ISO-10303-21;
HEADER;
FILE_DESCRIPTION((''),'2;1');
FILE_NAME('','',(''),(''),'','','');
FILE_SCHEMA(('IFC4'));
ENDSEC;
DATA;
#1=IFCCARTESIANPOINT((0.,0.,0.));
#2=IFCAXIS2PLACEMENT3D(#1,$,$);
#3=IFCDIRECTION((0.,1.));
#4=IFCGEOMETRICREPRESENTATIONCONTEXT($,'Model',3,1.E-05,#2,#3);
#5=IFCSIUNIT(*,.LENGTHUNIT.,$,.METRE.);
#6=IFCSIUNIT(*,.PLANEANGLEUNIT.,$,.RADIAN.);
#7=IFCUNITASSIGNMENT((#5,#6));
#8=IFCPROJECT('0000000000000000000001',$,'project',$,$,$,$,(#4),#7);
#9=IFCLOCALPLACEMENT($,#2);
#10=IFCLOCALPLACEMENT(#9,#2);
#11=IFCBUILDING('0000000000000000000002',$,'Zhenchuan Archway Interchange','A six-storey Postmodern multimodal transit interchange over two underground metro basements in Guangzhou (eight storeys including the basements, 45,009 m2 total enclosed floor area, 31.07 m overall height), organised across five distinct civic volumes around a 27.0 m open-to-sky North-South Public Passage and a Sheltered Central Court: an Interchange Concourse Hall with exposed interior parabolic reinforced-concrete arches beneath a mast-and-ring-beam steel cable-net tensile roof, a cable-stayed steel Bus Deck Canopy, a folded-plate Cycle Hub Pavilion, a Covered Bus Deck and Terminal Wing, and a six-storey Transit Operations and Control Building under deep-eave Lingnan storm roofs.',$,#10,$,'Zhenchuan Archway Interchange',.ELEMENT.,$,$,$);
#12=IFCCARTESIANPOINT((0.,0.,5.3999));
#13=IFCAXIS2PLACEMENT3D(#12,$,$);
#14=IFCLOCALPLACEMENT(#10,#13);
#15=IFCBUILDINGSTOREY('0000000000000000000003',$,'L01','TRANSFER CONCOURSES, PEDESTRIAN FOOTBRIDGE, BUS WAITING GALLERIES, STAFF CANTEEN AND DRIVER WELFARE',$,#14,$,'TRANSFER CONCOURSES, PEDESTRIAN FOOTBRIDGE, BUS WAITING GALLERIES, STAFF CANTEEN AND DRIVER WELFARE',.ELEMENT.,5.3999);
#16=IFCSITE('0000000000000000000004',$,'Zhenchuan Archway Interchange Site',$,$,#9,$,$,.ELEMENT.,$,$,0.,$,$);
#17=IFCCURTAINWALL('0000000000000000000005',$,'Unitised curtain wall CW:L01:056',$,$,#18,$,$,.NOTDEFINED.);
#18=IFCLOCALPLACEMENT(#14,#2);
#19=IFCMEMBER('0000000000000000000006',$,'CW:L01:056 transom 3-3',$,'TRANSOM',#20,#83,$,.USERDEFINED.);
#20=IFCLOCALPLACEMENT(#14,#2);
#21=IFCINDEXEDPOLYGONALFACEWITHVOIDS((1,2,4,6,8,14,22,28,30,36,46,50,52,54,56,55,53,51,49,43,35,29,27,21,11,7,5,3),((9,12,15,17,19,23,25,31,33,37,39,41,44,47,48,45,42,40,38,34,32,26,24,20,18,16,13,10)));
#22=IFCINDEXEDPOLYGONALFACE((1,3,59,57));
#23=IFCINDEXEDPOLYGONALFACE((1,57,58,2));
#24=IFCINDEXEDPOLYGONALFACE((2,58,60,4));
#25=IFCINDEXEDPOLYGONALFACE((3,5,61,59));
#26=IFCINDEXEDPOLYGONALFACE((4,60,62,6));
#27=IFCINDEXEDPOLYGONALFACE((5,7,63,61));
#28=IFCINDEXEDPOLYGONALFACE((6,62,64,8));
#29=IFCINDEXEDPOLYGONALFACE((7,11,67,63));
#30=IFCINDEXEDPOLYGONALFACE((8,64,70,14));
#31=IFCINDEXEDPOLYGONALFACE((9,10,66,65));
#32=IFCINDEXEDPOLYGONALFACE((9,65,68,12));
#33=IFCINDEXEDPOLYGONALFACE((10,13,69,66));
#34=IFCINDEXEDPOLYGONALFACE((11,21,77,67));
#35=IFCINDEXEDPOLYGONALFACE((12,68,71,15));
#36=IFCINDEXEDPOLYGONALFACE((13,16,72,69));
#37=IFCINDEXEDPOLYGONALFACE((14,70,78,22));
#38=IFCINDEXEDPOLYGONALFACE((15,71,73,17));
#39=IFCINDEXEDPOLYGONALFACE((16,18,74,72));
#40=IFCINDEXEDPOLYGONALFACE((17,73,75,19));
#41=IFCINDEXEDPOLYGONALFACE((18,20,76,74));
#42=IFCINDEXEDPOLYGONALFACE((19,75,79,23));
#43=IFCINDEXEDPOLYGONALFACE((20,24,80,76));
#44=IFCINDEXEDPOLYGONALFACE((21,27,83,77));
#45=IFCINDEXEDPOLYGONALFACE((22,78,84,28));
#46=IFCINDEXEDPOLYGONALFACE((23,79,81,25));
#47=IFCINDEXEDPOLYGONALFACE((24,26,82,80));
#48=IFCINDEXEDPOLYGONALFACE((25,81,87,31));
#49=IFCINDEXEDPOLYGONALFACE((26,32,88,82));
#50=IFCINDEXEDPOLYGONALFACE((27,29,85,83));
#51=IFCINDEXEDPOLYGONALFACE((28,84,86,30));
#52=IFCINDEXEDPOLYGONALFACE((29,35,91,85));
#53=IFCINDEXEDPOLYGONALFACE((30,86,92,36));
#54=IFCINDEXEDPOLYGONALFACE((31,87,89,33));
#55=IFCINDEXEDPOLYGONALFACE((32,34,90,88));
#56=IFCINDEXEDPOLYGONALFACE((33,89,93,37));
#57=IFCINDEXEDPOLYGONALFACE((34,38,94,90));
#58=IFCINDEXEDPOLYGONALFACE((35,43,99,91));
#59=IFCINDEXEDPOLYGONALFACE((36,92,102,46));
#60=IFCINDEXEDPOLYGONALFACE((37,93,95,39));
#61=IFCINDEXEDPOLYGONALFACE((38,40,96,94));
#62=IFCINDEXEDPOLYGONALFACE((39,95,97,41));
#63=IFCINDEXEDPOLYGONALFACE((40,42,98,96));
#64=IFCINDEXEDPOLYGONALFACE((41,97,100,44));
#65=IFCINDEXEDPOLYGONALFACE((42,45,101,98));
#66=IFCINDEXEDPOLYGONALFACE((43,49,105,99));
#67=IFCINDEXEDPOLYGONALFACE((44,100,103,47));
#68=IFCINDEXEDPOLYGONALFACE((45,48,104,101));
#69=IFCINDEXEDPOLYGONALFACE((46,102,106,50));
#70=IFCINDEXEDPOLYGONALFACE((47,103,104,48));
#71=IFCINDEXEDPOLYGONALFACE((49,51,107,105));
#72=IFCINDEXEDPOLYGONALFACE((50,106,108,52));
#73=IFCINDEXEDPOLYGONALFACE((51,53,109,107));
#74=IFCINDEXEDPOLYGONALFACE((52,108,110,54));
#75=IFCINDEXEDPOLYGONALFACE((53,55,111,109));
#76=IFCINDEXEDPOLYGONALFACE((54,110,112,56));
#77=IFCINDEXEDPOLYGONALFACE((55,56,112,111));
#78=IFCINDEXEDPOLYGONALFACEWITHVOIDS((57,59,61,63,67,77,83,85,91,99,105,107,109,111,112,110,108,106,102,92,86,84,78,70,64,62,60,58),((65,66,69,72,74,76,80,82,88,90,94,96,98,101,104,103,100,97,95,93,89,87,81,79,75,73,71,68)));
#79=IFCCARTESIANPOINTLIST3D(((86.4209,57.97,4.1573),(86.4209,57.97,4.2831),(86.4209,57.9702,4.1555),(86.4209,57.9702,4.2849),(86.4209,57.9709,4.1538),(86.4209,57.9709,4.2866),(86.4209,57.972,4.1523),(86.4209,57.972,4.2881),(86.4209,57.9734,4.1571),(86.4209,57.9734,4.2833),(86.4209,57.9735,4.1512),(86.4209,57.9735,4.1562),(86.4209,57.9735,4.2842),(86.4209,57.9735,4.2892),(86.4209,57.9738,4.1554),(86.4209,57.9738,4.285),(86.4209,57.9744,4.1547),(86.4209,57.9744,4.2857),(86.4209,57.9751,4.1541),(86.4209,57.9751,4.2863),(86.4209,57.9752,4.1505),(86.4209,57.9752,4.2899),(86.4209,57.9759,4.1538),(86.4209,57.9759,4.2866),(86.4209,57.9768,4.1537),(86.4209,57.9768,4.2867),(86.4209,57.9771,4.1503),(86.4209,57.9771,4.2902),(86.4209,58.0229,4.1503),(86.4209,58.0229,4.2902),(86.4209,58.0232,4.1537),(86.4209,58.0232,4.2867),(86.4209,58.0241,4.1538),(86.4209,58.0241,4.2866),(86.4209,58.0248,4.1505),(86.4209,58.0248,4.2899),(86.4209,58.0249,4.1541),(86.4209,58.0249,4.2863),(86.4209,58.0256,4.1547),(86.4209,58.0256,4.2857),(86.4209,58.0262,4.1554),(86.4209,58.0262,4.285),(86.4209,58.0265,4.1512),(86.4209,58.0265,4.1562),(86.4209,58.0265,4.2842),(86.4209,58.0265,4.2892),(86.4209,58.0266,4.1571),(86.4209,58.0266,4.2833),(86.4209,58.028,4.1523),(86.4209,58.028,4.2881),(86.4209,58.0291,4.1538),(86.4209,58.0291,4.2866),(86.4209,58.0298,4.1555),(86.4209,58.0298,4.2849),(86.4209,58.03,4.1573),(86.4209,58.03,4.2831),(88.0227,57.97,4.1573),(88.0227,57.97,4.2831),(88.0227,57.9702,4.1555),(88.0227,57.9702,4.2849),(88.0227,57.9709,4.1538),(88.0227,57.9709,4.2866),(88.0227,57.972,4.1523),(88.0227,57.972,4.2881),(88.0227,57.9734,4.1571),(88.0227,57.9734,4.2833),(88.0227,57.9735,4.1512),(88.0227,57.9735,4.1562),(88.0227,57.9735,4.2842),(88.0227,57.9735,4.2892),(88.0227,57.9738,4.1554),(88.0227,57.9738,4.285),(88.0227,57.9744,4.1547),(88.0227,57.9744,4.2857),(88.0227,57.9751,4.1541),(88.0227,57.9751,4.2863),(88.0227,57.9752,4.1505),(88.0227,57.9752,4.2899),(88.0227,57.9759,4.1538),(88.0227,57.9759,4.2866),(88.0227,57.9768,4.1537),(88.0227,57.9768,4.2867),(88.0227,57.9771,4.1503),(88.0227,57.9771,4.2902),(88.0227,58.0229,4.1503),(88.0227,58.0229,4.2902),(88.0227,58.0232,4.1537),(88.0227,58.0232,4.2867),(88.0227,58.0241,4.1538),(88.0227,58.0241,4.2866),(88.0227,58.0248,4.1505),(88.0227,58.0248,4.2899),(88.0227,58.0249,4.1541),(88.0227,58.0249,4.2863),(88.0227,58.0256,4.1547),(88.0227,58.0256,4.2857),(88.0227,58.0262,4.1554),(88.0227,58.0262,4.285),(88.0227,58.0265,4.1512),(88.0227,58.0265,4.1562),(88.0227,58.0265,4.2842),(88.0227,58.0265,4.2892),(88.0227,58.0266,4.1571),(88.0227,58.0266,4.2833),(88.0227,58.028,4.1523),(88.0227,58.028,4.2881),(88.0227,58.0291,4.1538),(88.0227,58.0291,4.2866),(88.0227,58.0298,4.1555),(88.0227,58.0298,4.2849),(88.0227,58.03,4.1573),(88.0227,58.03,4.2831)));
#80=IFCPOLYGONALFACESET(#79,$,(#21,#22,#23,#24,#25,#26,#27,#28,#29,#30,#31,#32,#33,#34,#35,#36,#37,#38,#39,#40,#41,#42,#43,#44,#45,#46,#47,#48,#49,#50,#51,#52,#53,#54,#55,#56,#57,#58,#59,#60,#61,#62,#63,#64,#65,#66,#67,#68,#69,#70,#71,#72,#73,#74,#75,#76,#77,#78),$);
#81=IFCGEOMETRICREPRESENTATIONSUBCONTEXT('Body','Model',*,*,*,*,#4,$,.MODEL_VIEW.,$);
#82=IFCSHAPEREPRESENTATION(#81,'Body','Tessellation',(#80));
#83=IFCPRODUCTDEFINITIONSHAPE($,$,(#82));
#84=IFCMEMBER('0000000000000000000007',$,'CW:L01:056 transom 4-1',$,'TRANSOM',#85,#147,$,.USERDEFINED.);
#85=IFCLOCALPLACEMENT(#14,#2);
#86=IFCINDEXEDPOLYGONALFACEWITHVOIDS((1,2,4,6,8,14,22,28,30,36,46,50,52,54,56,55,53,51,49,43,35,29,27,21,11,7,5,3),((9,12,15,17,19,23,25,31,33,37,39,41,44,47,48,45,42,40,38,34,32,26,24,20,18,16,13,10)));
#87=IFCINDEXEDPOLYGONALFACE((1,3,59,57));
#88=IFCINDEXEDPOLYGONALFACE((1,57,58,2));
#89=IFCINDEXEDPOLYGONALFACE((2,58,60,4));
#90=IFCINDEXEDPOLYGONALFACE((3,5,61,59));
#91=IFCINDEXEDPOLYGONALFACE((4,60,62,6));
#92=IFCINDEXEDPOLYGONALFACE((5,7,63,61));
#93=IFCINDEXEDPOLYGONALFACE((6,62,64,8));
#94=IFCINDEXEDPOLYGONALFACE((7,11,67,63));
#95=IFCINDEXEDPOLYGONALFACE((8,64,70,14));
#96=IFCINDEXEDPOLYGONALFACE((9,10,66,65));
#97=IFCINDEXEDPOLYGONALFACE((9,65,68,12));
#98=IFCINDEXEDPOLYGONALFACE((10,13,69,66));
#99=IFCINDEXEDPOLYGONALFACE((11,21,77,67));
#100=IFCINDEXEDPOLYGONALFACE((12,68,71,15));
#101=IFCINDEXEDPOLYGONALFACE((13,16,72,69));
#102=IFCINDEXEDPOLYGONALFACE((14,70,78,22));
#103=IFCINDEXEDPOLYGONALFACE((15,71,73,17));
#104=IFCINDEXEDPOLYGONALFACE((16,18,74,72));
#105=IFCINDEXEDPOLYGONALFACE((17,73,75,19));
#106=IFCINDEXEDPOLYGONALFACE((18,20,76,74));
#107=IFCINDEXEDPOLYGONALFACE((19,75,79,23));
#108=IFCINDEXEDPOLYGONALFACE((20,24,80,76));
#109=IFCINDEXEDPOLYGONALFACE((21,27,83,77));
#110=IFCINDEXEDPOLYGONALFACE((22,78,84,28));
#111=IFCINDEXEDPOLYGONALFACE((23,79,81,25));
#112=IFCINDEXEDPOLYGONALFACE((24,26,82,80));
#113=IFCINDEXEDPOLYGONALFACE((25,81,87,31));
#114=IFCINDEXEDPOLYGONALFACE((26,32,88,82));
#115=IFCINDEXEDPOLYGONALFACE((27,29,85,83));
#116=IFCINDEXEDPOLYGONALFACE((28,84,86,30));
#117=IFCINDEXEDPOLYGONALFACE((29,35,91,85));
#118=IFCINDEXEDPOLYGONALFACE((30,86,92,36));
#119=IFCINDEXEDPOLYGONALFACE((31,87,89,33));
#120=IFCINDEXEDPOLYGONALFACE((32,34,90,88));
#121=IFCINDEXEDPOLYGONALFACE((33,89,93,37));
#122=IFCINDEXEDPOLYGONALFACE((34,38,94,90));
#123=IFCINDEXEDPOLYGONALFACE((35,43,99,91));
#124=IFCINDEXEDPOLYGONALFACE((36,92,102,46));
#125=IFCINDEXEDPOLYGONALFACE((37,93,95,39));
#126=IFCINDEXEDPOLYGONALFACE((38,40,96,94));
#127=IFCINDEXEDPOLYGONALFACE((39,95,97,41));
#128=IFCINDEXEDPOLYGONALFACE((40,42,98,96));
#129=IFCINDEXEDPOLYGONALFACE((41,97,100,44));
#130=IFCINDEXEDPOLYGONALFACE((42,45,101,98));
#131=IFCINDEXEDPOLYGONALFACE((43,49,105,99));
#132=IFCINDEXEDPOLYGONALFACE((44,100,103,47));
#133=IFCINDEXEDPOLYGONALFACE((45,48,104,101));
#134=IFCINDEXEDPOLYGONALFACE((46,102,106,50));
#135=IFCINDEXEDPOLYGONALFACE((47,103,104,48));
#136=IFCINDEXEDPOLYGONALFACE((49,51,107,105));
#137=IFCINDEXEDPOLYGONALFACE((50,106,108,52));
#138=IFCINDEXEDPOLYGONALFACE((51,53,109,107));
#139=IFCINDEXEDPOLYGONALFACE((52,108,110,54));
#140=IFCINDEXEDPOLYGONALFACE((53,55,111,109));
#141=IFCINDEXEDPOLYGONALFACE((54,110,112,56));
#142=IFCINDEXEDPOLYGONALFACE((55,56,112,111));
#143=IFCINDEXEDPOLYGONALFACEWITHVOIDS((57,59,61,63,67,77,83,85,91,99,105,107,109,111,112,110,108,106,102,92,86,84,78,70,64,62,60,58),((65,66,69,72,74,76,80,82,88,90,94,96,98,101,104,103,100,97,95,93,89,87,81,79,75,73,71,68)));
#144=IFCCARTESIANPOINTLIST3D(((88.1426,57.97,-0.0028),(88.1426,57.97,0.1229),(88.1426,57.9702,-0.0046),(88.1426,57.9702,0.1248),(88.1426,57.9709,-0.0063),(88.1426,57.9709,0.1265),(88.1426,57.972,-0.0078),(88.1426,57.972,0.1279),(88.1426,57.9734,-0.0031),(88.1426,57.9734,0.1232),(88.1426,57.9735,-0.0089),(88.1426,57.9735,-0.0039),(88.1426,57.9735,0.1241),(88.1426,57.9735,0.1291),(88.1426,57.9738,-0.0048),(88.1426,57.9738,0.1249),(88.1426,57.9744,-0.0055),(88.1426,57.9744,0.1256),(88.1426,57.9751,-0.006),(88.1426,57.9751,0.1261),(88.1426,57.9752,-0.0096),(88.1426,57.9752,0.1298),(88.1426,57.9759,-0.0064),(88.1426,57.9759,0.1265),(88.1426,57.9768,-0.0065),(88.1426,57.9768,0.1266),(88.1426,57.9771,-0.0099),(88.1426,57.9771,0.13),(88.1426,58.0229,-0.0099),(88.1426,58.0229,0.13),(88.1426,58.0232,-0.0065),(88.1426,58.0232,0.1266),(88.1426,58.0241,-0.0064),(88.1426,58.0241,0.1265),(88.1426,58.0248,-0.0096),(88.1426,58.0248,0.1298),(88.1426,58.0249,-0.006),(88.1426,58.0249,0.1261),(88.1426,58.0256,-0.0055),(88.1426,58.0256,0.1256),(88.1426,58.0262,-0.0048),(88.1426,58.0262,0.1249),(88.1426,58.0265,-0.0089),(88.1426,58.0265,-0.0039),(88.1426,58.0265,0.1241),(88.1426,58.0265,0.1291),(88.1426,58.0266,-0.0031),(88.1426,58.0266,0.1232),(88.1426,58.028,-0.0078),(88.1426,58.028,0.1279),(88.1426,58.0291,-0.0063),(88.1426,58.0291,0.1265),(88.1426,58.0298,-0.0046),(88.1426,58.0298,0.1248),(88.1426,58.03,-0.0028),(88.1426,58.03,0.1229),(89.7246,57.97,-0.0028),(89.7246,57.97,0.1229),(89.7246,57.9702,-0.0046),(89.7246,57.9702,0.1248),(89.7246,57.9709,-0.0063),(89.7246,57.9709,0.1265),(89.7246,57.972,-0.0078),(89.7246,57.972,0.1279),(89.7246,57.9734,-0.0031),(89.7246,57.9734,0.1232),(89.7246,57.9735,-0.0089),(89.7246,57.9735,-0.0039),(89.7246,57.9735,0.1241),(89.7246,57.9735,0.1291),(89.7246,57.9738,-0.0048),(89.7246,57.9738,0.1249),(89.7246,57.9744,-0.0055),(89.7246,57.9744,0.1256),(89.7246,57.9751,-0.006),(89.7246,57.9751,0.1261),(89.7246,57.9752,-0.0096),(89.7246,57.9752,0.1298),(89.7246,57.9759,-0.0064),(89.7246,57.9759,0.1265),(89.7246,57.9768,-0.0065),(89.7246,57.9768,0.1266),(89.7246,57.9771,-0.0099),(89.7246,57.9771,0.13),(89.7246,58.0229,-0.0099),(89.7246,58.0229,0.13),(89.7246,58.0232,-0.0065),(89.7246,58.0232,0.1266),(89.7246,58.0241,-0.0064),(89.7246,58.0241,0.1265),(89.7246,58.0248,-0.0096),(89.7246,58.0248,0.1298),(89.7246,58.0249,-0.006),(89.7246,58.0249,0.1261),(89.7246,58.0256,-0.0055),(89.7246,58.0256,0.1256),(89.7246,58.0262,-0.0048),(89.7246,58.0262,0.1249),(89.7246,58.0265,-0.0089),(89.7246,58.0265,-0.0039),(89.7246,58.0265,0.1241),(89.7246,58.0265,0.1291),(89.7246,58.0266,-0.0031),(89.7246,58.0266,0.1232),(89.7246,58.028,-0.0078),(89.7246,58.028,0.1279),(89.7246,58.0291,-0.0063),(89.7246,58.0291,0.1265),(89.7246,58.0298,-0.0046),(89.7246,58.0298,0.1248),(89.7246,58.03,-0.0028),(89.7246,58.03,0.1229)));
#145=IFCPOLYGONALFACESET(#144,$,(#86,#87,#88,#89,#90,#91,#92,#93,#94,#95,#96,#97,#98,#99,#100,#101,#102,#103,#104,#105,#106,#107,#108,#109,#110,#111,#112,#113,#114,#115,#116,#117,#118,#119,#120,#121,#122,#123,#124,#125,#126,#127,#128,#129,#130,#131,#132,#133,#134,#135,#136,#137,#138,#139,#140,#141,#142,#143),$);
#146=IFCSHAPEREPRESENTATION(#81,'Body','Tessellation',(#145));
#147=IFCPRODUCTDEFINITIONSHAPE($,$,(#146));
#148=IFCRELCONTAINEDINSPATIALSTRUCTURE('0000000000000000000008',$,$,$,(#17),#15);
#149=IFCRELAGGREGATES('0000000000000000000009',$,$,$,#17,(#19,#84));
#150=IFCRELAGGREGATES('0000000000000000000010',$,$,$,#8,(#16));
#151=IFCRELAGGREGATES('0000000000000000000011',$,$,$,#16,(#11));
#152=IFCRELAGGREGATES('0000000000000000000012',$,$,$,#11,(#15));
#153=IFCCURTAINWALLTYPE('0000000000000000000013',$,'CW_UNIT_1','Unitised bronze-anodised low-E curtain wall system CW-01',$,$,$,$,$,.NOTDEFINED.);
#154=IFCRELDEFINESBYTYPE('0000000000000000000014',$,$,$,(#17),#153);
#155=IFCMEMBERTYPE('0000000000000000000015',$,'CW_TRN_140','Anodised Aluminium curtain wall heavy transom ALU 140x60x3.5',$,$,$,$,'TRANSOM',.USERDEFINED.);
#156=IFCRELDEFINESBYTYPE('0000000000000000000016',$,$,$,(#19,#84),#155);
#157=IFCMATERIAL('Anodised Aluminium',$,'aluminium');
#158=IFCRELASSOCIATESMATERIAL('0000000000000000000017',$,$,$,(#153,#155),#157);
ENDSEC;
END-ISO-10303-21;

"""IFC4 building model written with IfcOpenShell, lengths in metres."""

from ifc_helpers import new_model, si_unit, direction, frame, origin, origin_2d, place, context, subcontext, project, spatial, hollow_rectangle, extrude, material, material_profile, profile_set, type_object, element, aggregate, save


model = new_model("IFC4")

# Units and contexts
model_context = context("Model", 3, precision=1e-05, world=origin(), true_north=direction((0.0, 1.0)))
body_context = subcontext(model_context, "Body", "Model", "MODEL_VIEW")
ifc_project = project(units=[si_unit("LENGTHUNIT", "METRE"), si_unit("PLANEANGLEUNIT", "RADIAN")], contexts=[model_context])

# Site, building, storey
site_placement = place(None, origin())
site = spatial("IfcSite", under=ifc_project, at=site_placement, Name="Zhenchuan Archway Interchange Site", CompositionType="ELEMENT", RefElevation=0.0)
building_placement = place(site_placement, origin())
building = spatial("IfcBuilding", under=site, at=building_placement, Name="Zhenchuan Archway Interchange", Description="A six-storey Postmodern multimodal transit interchange over two underground metro basements in Guangzhou (eight storeys including the basements, 45,009 m2 total enclosed floor area, 31.07 m overall height), organised across five distinct civic volumes around a 27.0 m open-to-sky North-South Public Passage and a Sheltered Central Court: an Interchange Concourse Hall with exposed interior parabolic reinforced-concrete arches beneath a mast-and-ring-beam steel cable-net tensile roof, a cable-stayed steel Bus Deck Canopy, a folded-plate Cycle Hub Pavilion, a Covered Bus Deck and Terminal Wing, and a six-storey Transit Operations and Control Building under deep-eave Lingnan storm roofs.", LongName="Zhenchuan Archway Interchange", CompositionType="ELEMENT")
storey_placement = place(building_placement, frame((0.0, 0.0, 5.3999)))
storey = spatial("IfcBuildingStorey", under=building, at=storey_placement, Name="L01", Description="TRANSFER CONCOURSES, PEDESTRIAN FOOTBRIDGE, BUS WAITING GALLERIES, STAFF CANTEEN AND DRIVER WELFARE", LongName="TRANSFER CONCOURSES, PEDESTRIAN FOOTBRIDGE, BUS WAITING GALLERIES, STAFF CANTEEN AND DRIVER WELFARE", CompositionType="ELEMENT", Elevation=5.3999)

# Curtain wall
ifc_material_1 = material(Name="Anodised Aluminium", Category="aluminium")
curtain_wall_type_1 = type_object("IfcCurtainWallType", Name="CW_UNIT_1", Description="Unitised bronze-anodised low-E curtain wall system CW-01", PredefinedType="NOTDEFINED", material=ifc_material_1)
curtain_wall_1_placement = place(storey_placement, origin())
curtain_wall_1 = element("IfcCurtainWall", 1, at=curtain_wall_1_placement, inside=storey, type_object=curtain_wall_type_1, Name="Unitised curtain wall CW:L01:056", PredefinedType="NOTDEFINED")

# Members
ifc_material_profile_1 = material_profile(ifc_material_1, hollow_rectangle(XDim=0.0601, YDim=0.1399, WallThickness=0.0034, InnerFilletRadius=0.0034, OuterFilletRadius=0.0071, at=origin_2d()), Name="ALU 140x60x3.5")
ifc_profile_set_1 = profile_set([ifc_material_profile_1], Name="Anodised Aluminium")
member_type_1 = type_object("IfcMemberType", Name="CW_TRN_140", Description="Anodised Aluminium curtain wall heavy transom ALU 140x60x3.5", ElementType="TRANSOM", PredefinedType="USERDEFINED", material=ifc_profile_set_1)
member_1_placement = place(storey_placement, frame((86.4209, 58.0, 4.2202), z_axis=(1.0, 0.0, 0.0), x_axis=(0.0, 1.0, 0.0)))
member_1 = element("IfcMember", 2, at=member_1_placement, type_object=member_type_1, Name="CW:L01:056 transom 3-3", ObjectType="TRANSOM", PredefinedType="USERDEFINED", context=body_context, shape_type="SweptSolid", body=[
    extrude(hollow_rectangle(XDim=0.0601, YDim=0.1399, WallThickness=0.0034, InnerFilletRadius=0.0034, OuterFilletRadius=0.0071, at=origin_2d()), origin(), (0.0, 0.0, 1.0), 1.6018),
])
member_2_placement = place(storey_placement, frame((88.1426, 58.0, 0.0601), z_axis=(1.0, 0.0, 0.0), x_axis=(0.0, 1.0, 0.0)))
member_2 = element("IfcMember", 3, at=member_2_placement, type_object=member_type_1, Name="CW:L01:056 transom 4-1", ObjectType="TRANSOM", PredefinedType="USERDEFINED", context=body_context, shape_type="SweptSolid", body=[
    extrude(hollow_rectangle(XDim=0.0601, YDim=0.1399, WallThickness=0.0034, InnerFilletRadius=0.0034, OuterFilletRadius=0.0071, at=origin_2d()), origin(), (0.0, 0.0, 1.0), 1.582),
])

aggregate(curtain_wall_1, [member_1, member_2])

save(model, "model.ifc")
